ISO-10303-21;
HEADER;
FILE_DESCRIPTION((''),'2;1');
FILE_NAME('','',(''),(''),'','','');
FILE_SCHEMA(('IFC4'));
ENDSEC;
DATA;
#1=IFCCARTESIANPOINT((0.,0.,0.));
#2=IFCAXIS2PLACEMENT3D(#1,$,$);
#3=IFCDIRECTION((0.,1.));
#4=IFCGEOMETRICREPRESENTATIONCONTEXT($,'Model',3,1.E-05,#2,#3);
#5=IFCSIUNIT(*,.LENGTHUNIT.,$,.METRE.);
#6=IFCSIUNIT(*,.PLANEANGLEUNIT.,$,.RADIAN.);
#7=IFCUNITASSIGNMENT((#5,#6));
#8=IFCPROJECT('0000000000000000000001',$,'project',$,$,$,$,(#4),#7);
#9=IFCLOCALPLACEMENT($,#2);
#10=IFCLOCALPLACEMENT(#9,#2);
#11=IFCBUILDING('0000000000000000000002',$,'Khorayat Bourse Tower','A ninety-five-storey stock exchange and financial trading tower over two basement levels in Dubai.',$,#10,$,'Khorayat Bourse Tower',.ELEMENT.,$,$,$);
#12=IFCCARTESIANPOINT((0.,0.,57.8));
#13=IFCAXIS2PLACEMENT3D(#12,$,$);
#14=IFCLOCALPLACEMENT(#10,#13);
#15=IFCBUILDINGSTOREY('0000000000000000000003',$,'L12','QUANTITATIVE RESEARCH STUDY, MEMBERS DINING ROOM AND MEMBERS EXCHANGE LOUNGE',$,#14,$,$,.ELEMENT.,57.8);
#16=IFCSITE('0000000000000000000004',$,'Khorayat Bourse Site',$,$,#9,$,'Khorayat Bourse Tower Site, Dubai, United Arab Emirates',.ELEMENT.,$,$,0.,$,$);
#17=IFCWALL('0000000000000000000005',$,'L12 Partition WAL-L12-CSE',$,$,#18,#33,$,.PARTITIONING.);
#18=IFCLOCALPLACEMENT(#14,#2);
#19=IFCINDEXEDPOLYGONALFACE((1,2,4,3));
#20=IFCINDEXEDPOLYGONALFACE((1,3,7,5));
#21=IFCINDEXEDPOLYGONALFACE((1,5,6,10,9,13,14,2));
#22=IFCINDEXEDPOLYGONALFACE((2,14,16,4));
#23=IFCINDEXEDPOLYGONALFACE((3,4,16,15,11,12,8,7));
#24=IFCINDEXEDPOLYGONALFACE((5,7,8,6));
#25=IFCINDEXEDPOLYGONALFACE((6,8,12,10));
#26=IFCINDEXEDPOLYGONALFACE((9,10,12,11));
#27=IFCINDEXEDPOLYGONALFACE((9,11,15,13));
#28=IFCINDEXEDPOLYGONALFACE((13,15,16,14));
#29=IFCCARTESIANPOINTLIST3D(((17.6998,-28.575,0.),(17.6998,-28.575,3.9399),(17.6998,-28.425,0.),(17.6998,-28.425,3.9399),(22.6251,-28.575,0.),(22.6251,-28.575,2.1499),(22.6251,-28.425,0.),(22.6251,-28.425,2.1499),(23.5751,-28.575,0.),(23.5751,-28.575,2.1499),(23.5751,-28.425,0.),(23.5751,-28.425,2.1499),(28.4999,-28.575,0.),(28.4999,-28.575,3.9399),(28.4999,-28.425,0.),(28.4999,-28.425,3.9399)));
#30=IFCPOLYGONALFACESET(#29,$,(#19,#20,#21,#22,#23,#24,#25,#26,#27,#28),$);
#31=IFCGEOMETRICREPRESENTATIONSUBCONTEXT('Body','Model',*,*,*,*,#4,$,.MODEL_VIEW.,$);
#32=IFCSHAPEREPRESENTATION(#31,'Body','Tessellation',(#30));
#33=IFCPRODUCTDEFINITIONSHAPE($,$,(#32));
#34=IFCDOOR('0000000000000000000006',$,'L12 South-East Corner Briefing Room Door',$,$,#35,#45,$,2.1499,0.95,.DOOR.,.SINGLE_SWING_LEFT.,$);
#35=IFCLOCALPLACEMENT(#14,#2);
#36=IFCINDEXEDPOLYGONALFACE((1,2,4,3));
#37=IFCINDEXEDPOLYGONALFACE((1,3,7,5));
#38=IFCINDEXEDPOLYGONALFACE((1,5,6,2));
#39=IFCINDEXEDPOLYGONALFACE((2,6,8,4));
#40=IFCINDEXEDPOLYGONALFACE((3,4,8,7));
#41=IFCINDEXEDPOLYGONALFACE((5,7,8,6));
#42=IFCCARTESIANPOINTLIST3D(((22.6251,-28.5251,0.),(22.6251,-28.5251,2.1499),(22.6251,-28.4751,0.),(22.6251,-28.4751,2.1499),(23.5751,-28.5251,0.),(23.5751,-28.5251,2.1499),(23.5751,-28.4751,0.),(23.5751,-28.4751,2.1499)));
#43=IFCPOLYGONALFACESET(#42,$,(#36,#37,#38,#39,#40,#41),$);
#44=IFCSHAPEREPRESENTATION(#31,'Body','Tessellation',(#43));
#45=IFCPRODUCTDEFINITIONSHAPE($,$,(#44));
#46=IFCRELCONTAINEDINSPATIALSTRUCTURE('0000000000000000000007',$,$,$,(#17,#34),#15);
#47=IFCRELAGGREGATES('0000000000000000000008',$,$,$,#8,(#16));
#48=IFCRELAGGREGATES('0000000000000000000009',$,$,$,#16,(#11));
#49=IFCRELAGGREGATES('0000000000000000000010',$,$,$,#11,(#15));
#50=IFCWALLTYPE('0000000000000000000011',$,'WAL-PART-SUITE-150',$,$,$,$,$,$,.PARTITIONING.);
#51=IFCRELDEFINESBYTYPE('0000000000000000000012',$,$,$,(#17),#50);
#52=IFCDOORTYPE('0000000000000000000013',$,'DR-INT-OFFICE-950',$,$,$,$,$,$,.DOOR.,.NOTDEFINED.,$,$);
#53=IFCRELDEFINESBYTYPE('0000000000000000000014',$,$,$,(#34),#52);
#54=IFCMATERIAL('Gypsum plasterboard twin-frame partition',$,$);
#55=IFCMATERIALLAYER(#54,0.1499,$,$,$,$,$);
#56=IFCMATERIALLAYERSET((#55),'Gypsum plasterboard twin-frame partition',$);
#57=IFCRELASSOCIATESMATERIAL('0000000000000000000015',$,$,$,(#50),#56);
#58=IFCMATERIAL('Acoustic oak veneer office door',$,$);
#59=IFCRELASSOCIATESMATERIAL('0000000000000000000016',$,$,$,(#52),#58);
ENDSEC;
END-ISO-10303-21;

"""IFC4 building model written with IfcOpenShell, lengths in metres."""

from ifc_helpers import new_model, si_unit, direction, frame, frame_2d, origin, place, context, subcontext, project, spatial, rectangle, extrude, source, transform, mapped, material, layer, layer_set, type_object, element, fill, save


model = new_model("IFC4")

# Units and contexts
model_context = context("Model", 3, precision=1e-05, world=origin(), true_north=direction((0.0, 1.0)))
body_context = subcontext(model_context, "Body", "Model", "MODEL_VIEW")
ifc_project = project(units=[si_unit("LENGTHUNIT", "METRE"), si_unit("PLANEANGLEUNIT", "RADIAN")], contexts=[model_context])

# Site, building, storey
site_placement = place(None, origin())
site = spatial("IfcSite", under=ifc_project, at=site_placement, Name="Khorayat Bourse Site", LongName="Khorayat Bourse Tower Site, Dubai, United Arab Emirates", CompositionType="ELEMENT", RefElevation=0.0)
building_placement = place(site_placement, origin())
building = spatial("IfcBuilding", under=site, at=building_placement, Name="Khorayat Bourse Tower", Description="A ninety-five-storey stock exchange and financial trading tower over two basement levels in Dubai.", LongName="Khorayat Bourse Tower", CompositionType="ELEMENT")
storey_placement = place(building_placement, frame((0.0, 0.0, 57.8)))
storey = spatial("IfcBuildingStorey", under=building, at=storey_placement, Name="L12", Description="QUANTITATIVE RESEARCH STUDY, MEMBERS DINING ROOM AND MEMBERS EXCHANGE LOUNGE", CompositionType="ELEMENT", Elevation=57.8)

# Shared definitions
ifc_material_1 = material(Name="Gypsum plasterboard twin-frame partition")
ifc_layer_1 = layer(ifc_material_1, 0.1499)
ifc_layer_set_1 = layer_set([ifc_layer_1], Name="Gypsum plasterboard twin-frame partition")
wall_type_1 = type_object("IfcWallType", Name="WAL-PART-SUITE-150", PredefinedType="PARTITIONING", material=ifc_layer_set_1)

# Shared definitions
ifc_material_2 = material(Name="Acoustic oak veneer office door")
door_type = type_object("IfcDoorType", Name="DR-INT-OFFICE-950", OperationType="NOTDEFINED", PredefinedType="DOOR", material=ifc_material_2)
shared_shape_1 = source(origin(), body_context, "Body", "SweptSolid", [
    extrude(rectangle(XDim=0.95, YDim=2.1499, at=frame_2d((0.4751, 1.075))), frame((0.0, 0.0249, 0.0), z_axis=(0.0, -1.0, 0.0), x_axis=(1.0, 0.0, 0.0)), (0.0, 0.0, 1.0), 0.05),
])

# Wall, opening, door
shared_shape_2 = source(origin(), body_context, "Body", "SweptSolid", [
    extrude(rectangle(XDim=10.8, YDim=0.1499, at=frame_2d((5.3999, 0.0))), origin(), (0.0, 0.0, 1.0), 3.9399),
])
wall_1_placement = place(storey_placement, frame((17.7, -28.5, 0.0), z_axis=(0.0, 0.0, 1.0), x_axis=(1.0, 0.0, 0.0)))
wall_1 = element("IfcWall", 1, at=wall_1_placement, inside=storey, type_object=wall_type_1, Name="L12 Partition WAL-L12-CSE", PredefinedType="PARTITIONING", context=body_context, shape_type="MappedRepresentation", body=[
    mapped(shared_shape_2, transform((0.0, 0.0, 0.0), scale=1.0)),
])
shared_shape_3 = source(origin(), body_context, "Body", "SweptSolid", [
    extrude(rectangle(XDim=0.95, YDim=2.1499, at=frame_2d((0.4751, 1.075))), frame((0.0, 0.085, 0.0), z_axis=(0.0, -1.0, 0.0), x_axis=(1.0, 0.0, 0.0)), (0.0, 0.0, 1.0), 0.1699),
])
opening_1_placement = place(wall_1_placement, frame((4.925, 0.0, 0.0)))
opening_1 = element("IfcOpeningElement", 2, at=opening_1_placement, cuts=wall_1, PredefinedType="OPENING", context=body_context, shape_type="MappedRepresentation", body=[
    mapped(shared_shape_3, transform((0.0, 0.0, 0.0), scale=1.0)),
])
door_1_placement = place(opening_1_placement, origin())
door_1 = element("IfcDoor", 3, at=door_1_placement, inside=storey, type_object=door_type, Name="L12 South-East Corner Briefing Room Door", OperationType="SINGLE_SWING_LEFT", OverallHeight=2.1499, OverallWidth=0.95, PredefinedType="DOOR", context=body_context, shape_type="MappedRepresentation", body=[
    mapped(shared_shape_1, transform((0.0, 0.0, 0.0), scale=1.0)),
])
fill(opening_1, door_1)

save(model, "model.ifc")
